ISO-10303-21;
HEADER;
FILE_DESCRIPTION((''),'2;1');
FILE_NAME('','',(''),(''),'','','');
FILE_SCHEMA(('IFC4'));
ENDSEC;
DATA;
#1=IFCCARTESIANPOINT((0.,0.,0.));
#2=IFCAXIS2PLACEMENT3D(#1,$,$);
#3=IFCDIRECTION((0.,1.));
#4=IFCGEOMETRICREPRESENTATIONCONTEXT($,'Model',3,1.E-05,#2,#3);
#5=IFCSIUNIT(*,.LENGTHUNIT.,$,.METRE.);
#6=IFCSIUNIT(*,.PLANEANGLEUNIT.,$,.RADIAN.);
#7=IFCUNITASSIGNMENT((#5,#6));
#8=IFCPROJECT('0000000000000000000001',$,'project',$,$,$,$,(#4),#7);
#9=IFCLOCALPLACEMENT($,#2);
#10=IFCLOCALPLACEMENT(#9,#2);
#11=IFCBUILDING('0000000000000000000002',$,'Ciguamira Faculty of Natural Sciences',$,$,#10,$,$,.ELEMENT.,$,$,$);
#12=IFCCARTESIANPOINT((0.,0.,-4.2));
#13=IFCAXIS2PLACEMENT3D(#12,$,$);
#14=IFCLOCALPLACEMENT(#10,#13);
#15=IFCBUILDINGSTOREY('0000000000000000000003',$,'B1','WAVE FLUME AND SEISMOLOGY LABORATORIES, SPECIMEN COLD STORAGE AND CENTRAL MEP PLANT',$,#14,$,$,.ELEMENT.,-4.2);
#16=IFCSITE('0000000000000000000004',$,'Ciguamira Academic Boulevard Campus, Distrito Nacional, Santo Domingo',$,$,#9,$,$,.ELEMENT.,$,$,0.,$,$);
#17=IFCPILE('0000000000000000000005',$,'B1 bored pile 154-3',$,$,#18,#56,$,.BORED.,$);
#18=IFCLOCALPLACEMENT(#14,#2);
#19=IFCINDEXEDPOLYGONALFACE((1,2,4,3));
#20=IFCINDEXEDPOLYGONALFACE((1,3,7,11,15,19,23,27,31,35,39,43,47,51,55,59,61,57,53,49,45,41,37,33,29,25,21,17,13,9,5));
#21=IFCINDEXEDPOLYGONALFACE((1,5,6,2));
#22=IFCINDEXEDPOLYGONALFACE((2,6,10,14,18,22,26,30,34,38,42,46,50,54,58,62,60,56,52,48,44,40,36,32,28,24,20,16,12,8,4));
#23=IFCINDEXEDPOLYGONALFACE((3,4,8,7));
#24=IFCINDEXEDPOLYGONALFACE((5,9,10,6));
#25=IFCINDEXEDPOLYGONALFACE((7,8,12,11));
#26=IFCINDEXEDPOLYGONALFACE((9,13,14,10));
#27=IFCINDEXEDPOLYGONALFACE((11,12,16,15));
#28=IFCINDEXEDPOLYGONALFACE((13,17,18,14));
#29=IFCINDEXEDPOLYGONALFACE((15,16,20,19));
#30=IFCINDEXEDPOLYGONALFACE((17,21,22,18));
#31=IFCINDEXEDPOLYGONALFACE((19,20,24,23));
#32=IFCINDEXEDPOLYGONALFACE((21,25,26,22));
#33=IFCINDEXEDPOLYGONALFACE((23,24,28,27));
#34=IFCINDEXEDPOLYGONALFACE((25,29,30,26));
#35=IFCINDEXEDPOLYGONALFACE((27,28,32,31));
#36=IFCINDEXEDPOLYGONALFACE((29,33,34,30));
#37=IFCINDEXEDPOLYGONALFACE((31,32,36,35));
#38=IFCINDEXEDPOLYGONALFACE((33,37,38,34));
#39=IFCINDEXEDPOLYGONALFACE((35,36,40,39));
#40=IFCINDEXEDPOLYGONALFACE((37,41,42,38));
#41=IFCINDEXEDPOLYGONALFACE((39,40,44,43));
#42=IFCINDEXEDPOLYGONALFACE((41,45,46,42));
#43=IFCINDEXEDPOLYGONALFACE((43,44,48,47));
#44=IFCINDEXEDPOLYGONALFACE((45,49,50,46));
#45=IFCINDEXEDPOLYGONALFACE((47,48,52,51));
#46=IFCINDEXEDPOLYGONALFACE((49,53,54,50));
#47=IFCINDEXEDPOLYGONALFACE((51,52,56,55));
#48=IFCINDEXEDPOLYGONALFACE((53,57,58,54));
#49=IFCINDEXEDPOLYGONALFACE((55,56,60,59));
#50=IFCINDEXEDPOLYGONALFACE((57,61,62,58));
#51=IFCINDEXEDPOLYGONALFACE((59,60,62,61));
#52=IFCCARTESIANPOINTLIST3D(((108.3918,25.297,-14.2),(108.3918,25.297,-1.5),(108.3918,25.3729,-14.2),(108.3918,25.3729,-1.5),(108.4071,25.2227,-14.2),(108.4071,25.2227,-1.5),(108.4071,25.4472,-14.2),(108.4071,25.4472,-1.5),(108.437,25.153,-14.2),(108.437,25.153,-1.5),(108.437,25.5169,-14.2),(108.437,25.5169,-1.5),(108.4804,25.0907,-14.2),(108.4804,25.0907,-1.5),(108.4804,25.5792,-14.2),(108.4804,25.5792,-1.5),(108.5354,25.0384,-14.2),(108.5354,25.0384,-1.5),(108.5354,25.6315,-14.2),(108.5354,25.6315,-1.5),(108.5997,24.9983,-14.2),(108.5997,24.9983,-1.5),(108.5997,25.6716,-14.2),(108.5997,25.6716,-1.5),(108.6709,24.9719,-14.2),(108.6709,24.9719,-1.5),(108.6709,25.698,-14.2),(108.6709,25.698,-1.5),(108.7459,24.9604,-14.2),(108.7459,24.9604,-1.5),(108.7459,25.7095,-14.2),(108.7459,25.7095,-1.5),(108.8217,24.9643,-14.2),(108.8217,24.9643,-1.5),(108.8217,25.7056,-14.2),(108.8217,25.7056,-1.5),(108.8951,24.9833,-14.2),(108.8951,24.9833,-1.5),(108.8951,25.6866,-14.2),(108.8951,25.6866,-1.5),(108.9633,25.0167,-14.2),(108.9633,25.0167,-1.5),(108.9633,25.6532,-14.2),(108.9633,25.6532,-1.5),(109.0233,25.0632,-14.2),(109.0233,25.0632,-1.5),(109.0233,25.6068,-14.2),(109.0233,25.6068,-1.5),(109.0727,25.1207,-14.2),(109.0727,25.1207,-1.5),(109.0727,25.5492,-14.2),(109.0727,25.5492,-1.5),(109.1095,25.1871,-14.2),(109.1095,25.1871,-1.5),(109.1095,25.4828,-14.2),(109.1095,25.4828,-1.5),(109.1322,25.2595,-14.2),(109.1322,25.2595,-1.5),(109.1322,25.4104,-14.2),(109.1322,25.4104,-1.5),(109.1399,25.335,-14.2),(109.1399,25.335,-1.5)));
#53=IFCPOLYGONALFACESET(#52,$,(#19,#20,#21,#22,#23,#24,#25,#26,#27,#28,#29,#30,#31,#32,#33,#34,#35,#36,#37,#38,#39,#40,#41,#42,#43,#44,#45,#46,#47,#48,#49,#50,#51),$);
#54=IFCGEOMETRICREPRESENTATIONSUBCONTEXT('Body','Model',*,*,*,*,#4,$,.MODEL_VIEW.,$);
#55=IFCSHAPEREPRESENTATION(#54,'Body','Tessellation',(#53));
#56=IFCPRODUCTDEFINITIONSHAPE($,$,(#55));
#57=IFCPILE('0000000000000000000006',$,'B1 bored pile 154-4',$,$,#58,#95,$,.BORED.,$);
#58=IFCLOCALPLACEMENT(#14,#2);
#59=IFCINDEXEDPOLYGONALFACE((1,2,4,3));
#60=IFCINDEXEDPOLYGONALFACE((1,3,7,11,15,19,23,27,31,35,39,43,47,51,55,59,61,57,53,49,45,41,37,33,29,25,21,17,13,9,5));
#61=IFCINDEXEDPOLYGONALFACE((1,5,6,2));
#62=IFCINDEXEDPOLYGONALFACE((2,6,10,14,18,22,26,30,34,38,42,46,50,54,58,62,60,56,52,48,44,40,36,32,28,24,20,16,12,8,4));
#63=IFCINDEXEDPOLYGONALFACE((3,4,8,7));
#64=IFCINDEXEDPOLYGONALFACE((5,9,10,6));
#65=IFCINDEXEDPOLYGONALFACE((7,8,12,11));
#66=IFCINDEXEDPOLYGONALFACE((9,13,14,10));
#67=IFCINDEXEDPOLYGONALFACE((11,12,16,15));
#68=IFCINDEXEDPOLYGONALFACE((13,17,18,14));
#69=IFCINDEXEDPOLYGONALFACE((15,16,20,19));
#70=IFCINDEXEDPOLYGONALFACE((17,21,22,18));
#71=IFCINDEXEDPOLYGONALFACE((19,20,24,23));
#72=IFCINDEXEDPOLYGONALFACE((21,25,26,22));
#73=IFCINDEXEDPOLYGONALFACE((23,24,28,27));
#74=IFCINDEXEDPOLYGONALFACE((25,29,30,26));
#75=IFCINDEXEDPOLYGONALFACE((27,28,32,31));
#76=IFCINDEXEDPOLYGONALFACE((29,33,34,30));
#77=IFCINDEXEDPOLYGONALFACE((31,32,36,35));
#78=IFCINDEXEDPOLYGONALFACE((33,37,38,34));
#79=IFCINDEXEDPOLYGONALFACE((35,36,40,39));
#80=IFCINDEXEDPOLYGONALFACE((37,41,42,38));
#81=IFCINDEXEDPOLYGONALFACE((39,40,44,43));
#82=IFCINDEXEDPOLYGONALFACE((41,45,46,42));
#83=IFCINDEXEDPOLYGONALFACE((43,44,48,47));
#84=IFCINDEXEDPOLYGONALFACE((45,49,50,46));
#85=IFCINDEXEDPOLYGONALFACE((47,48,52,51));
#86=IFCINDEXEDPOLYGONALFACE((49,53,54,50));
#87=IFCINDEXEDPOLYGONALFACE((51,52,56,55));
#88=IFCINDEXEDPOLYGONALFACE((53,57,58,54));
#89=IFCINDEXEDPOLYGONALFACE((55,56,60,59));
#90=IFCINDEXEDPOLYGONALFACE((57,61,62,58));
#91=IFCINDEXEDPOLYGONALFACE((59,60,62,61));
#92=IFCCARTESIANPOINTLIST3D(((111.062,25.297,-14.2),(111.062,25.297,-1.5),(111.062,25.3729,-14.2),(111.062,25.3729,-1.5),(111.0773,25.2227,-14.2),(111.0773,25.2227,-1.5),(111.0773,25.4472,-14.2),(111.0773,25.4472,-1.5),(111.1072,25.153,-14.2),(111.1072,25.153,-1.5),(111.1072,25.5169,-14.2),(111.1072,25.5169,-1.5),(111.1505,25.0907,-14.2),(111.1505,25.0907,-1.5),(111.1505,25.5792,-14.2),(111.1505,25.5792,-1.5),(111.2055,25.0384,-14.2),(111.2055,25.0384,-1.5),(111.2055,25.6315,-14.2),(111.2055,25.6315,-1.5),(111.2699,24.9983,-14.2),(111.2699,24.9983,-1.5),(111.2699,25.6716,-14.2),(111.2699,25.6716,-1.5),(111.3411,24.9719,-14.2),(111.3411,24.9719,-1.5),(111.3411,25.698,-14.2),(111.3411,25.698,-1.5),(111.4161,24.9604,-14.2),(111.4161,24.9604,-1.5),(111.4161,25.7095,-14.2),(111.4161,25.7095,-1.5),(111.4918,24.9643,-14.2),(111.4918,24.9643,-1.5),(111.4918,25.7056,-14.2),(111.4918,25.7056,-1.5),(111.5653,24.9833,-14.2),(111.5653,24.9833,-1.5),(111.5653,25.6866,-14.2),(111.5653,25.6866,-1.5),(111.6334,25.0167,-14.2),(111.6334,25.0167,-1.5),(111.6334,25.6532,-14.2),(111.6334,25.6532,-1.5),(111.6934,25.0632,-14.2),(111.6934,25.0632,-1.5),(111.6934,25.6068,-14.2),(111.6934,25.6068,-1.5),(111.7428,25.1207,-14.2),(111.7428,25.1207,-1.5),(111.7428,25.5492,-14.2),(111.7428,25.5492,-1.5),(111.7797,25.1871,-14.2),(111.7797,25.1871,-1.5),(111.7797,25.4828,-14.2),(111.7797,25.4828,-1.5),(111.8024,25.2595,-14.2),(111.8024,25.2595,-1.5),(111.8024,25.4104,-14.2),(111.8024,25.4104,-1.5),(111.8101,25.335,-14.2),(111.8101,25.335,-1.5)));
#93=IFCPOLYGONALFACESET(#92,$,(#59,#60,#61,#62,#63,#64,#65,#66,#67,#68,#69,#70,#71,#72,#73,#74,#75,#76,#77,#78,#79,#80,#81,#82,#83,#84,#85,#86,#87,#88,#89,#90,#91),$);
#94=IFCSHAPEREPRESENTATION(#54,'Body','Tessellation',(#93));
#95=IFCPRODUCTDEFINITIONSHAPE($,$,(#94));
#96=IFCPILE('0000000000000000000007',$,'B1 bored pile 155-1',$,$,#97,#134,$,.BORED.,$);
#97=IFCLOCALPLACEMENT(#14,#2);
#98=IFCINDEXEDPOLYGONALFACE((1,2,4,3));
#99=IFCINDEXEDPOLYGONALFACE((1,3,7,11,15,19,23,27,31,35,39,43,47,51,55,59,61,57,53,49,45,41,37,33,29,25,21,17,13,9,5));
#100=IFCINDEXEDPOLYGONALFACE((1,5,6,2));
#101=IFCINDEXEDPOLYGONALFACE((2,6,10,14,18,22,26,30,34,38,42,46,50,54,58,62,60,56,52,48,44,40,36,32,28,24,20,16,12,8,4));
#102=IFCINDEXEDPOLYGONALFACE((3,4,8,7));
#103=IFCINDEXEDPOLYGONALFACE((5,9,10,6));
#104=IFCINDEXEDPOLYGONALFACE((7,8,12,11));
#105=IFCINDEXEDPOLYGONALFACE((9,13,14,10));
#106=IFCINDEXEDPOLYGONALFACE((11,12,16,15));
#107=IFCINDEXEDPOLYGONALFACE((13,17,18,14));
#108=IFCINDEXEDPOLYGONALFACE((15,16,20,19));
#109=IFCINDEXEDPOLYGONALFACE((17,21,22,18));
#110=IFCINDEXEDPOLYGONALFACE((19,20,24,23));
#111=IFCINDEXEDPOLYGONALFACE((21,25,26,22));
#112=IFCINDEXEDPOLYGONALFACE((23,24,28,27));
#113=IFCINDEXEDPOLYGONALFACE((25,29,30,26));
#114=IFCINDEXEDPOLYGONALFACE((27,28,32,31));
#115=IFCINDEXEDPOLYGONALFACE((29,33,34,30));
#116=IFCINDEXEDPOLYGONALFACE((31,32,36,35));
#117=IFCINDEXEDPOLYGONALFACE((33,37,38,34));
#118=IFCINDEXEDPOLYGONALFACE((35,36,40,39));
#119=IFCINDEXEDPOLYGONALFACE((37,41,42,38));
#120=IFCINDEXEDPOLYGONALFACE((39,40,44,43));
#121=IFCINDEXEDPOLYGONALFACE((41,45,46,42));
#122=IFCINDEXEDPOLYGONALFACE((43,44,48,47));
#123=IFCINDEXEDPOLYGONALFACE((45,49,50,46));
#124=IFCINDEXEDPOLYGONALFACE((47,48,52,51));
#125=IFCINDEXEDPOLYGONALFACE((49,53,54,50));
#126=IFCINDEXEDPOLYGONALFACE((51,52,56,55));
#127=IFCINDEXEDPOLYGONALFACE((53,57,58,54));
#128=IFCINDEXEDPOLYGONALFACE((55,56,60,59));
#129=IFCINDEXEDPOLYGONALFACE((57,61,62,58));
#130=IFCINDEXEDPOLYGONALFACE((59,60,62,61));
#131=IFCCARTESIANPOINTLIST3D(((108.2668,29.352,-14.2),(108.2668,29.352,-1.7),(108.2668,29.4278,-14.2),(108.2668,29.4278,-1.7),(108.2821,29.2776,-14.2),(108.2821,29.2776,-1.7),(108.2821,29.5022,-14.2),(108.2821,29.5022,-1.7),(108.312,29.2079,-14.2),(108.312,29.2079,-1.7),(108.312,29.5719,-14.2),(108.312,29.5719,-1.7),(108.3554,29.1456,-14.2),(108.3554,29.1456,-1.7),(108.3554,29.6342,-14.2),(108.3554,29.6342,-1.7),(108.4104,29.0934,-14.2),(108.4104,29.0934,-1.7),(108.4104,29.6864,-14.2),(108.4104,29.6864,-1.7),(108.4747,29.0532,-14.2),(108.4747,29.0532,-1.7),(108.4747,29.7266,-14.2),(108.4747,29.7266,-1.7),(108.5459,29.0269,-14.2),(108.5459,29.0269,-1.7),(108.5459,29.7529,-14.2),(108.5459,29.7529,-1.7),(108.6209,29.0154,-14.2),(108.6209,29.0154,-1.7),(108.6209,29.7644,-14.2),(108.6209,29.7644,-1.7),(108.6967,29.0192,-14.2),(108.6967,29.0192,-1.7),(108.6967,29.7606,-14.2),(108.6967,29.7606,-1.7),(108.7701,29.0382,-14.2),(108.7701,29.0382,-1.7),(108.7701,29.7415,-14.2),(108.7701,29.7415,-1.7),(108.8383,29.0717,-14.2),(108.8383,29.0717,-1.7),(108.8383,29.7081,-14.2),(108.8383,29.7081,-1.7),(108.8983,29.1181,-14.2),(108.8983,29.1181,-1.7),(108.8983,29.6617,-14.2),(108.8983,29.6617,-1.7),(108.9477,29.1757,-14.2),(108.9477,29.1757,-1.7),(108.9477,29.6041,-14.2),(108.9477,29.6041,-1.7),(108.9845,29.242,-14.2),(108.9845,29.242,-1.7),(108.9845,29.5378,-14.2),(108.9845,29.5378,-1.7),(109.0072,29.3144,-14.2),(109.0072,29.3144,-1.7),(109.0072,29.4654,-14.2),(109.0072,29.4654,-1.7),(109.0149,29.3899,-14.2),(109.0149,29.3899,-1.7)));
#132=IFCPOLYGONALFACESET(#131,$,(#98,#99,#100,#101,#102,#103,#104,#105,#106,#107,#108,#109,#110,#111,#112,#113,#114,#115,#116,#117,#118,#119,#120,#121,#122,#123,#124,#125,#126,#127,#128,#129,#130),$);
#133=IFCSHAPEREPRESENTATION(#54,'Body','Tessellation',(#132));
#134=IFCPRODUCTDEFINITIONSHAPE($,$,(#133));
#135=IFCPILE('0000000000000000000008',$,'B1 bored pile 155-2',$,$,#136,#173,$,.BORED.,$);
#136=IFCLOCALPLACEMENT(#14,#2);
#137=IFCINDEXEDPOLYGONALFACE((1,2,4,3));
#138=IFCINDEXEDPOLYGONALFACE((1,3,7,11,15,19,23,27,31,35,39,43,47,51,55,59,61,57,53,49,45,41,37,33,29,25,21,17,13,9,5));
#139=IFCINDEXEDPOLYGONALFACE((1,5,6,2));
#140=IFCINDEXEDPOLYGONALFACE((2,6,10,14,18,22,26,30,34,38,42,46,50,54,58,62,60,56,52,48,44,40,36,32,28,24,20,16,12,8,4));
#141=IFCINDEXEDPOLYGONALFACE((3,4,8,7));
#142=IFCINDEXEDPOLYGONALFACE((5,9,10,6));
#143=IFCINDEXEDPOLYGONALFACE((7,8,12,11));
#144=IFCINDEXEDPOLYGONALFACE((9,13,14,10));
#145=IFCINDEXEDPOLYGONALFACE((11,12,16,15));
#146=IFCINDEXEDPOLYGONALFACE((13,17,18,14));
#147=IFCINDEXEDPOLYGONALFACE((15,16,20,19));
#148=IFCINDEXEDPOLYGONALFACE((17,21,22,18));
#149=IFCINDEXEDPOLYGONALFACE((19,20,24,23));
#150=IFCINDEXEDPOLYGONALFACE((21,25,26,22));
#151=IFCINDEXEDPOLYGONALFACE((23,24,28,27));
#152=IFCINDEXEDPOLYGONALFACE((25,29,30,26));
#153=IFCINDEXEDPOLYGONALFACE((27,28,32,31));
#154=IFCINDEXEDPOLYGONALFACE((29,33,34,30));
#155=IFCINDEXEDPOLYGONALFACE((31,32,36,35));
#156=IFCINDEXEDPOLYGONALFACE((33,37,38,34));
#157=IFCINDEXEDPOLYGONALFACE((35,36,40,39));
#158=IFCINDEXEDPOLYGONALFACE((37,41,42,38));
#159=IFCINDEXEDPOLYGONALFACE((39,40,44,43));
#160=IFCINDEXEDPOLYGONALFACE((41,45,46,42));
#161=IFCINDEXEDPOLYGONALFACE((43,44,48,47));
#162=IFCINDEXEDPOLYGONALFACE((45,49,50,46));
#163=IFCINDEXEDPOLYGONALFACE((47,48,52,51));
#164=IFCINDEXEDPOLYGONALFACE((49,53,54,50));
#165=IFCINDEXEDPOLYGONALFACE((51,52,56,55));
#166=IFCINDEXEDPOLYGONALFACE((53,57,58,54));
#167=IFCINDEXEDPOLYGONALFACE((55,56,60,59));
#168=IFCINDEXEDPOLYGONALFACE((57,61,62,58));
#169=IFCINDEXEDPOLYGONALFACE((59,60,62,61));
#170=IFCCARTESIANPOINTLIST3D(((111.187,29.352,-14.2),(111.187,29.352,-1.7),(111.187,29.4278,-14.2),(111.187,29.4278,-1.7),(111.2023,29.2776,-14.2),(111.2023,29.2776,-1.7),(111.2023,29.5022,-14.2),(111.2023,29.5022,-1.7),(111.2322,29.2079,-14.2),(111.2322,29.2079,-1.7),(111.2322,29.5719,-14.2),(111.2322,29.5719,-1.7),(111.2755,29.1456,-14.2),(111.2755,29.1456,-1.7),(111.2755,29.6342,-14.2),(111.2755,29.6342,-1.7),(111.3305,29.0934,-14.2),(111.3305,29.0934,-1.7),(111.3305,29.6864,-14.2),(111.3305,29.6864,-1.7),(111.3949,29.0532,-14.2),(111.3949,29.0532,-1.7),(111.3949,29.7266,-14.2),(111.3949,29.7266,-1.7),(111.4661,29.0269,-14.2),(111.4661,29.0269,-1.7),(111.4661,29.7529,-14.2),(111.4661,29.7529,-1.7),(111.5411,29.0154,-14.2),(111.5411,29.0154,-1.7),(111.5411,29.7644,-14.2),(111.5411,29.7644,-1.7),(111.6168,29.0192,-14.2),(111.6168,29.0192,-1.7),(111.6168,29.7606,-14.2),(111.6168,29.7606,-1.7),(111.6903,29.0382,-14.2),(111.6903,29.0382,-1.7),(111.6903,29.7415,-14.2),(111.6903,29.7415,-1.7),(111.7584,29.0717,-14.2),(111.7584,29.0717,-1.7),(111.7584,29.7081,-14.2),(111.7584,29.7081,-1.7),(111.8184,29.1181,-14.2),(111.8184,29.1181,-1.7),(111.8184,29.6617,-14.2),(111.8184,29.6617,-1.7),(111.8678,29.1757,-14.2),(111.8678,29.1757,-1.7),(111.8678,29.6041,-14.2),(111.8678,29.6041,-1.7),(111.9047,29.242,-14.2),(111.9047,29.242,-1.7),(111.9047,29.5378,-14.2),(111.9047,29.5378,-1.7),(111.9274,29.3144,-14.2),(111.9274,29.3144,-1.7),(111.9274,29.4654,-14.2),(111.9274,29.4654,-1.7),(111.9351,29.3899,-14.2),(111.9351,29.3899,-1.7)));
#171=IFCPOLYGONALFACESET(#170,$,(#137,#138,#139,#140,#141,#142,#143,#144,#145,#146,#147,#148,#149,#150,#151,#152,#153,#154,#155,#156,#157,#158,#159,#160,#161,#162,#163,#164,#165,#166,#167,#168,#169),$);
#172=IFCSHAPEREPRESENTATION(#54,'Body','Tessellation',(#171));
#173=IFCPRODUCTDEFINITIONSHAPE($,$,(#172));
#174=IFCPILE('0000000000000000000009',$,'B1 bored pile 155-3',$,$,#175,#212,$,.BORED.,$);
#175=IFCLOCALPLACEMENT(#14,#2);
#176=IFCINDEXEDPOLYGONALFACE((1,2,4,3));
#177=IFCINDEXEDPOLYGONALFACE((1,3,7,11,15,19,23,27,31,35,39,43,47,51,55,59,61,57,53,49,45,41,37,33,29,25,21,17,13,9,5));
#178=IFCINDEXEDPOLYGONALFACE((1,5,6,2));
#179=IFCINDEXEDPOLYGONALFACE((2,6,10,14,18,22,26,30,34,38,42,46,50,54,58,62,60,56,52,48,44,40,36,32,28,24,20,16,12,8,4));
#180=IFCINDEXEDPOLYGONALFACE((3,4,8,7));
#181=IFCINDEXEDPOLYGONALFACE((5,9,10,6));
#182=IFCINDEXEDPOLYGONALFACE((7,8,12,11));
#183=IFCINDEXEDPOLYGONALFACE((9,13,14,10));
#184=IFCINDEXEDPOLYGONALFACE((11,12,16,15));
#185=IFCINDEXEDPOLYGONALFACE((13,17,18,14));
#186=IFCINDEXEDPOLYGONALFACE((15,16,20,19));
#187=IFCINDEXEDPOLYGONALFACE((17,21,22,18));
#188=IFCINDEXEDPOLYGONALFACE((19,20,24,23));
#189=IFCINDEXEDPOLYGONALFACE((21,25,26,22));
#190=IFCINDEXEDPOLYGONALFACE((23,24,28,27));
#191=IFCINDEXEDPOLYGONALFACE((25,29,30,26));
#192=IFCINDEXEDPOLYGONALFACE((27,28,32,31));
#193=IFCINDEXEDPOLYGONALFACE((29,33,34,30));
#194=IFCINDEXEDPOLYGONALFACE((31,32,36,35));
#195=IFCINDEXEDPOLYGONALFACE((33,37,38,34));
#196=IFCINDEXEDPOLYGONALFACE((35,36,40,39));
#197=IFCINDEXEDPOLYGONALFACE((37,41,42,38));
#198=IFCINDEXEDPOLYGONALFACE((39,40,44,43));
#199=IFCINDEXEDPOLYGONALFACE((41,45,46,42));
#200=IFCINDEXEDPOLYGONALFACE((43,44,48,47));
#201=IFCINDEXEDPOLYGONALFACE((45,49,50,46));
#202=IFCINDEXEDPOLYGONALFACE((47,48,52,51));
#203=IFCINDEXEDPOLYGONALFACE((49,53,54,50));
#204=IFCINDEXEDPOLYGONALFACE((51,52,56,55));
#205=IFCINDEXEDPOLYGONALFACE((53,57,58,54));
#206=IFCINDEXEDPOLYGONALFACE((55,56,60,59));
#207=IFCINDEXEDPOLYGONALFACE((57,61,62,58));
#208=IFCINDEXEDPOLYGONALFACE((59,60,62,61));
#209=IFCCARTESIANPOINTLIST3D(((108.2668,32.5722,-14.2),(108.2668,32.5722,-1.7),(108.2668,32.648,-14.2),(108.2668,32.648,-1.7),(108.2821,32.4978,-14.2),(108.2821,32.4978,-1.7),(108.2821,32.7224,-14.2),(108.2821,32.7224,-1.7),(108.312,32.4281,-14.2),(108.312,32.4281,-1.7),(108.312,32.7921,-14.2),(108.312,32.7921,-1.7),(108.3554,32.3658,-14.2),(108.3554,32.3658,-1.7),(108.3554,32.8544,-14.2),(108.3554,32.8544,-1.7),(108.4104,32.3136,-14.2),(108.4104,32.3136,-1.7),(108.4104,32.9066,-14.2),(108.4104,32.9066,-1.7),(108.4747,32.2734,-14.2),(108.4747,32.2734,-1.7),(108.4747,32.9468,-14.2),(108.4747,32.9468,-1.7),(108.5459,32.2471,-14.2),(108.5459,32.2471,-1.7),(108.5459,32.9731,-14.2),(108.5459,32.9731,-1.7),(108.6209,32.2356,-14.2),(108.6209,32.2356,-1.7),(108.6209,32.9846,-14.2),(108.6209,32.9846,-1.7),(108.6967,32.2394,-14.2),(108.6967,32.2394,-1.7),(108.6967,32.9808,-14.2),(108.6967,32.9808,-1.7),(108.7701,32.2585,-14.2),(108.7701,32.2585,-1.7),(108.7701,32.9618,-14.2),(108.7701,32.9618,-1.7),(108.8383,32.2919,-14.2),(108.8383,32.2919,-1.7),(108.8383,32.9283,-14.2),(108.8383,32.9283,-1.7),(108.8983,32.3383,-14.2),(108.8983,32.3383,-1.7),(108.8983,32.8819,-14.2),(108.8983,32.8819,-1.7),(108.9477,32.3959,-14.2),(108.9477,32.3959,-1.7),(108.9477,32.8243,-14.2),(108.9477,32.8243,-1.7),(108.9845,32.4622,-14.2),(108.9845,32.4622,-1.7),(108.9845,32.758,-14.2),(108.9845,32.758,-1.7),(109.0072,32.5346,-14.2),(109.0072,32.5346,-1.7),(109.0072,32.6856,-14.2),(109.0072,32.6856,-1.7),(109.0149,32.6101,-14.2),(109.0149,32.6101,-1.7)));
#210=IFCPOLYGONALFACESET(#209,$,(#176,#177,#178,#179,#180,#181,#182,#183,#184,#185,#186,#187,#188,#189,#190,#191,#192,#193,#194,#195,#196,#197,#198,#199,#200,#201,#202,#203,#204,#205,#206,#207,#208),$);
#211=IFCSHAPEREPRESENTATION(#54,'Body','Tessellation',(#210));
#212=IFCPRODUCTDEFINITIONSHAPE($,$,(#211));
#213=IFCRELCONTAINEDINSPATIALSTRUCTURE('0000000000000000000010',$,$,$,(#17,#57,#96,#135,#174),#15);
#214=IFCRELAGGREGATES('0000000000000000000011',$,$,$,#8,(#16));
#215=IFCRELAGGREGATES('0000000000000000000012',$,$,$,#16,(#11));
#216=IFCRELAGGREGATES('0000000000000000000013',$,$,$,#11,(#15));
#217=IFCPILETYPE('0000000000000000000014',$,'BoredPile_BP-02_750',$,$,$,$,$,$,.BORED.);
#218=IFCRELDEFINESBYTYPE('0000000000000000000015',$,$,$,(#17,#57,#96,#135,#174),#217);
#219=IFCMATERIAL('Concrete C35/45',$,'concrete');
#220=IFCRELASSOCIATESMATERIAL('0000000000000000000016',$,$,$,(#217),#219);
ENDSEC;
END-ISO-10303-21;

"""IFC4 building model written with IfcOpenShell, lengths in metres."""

from ifc_helpers import new_model, si_unit, direction, frame, origin, origin_2d, place, context, subcontext, project, spatial, circle, extrude, material, material_profile, profile_set, type_object, element, save


model = new_model("IFC4")

# Units and contexts
model_context = context("Model", 3, precision=1e-05, world=origin(), true_north=direction((0.0, 1.0)))
body_context = subcontext(model_context, "Body", "Model", "MODEL_VIEW")
ifc_project = project(units=[si_unit("LENGTHUNIT", "METRE"), si_unit("PLANEANGLEUNIT", "RADIAN")], contexts=[model_context])

# Site, building, storey
site_placement = place(None, origin())
site = spatial("IfcSite", under=ifc_project, at=site_placement, Name="Ciguamira Academic Boulevard Campus, Distrito Nacional, Santo Domingo", CompositionType="ELEMENT", RefElevation=0.0)
building_placement = place(site_placement, origin())
building = spatial("IfcBuilding", under=site, at=building_placement, Name="Ciguamira Faculty of Natural Sciences", CompositionType="ELEMENT")
storey_placement = place(building_placement, frame((0.0, 0.0, -4.2)))
storey = spatial("IfcBuildingStorey", under=building, at=storey_placement, Name="B1", Description="WAVE FLUME AND SEISMOLOGY LABORATORIES, SPECIMEN COLD STORAGE AND CENTRAL MEP PLANT", CompositionType="ELEMENT", Elevation=-4.2)

# Piles
ifc_material_1 = material(Name="Concrete C35/45", Category="concrete")
ifc_material_profile_1 = material_profile(ifc_material_1, circle(Radius=0.375, at=origin_2d()), Name="PILE-BORED-750")
ifc_profile_set_1 = profile_set([ifc_material_profile_1], Name="Concrete C35/45")
pile_type = type_object("IfcPileType", Name="BoredPile_BP-02_750", PredefinedType="BORED", material=ifc_profile_set_1)
for number, where, z_axis, x_axis, name in (
    (1, (108.7649, 25.335, -1.5), (0.0, 0.0, -1.0), (1.0, 0.0, 0.0), "B1 bored pile 154-3"),
    (2, (111.4351, 25.335, -1.5), (0.0, 0.0, -1.0), (1.0, 0.0, 0.0), "B1 bored pile 154-4"),
):
    element("IfcPile", number, at=place(storey_placement, frame(where, z_axis=z_axis, x_axis=x_axis)), inside=storey, type_object=pile_type, Name=name, PredefinedType="BORED", context=body_context, shape_type="SweptSolid", body=[
        extrude(circle(Radius=0.375, at=origin_2d()), origin(), (0.0, 0.0, 1.0), 12.7),
    ])
for number, where, z_axis, x_axis, name in (
    (3, (108.6399, 29.3899, -1.7), (0.0, 0.0, -1.0), (1.0, 0.0, 0.0), "B1 bored pile 155-1"),
    (4, (111.5601, 29.3899, -1.7), (0.0, 0.0, -1.0), (1.0, 0.0, 0.0), "B1 bored pile 155-2"),
    (5, (108.6399, 32.6101, -1.7), (0.0, 0.0, -1.0), (1.0, 0.0, 0.0), "B1 bored pile 155-3"),
):
    element("IfcPile", number, at=place(storey_placement, frame(where, z_axis=z_axis, x_axis=x_axis)), inside=storey, type_object=pile_type, Name=name, PredefinedType="BORED", context=body_context, shape_type="SweptSolid", body=[
        extrude(circle(Radius=0.375, at=origin_2d()), origin(), (0.0, 0.0, 1.0), 12.5),
    ])

save(model, "model.ifc")
